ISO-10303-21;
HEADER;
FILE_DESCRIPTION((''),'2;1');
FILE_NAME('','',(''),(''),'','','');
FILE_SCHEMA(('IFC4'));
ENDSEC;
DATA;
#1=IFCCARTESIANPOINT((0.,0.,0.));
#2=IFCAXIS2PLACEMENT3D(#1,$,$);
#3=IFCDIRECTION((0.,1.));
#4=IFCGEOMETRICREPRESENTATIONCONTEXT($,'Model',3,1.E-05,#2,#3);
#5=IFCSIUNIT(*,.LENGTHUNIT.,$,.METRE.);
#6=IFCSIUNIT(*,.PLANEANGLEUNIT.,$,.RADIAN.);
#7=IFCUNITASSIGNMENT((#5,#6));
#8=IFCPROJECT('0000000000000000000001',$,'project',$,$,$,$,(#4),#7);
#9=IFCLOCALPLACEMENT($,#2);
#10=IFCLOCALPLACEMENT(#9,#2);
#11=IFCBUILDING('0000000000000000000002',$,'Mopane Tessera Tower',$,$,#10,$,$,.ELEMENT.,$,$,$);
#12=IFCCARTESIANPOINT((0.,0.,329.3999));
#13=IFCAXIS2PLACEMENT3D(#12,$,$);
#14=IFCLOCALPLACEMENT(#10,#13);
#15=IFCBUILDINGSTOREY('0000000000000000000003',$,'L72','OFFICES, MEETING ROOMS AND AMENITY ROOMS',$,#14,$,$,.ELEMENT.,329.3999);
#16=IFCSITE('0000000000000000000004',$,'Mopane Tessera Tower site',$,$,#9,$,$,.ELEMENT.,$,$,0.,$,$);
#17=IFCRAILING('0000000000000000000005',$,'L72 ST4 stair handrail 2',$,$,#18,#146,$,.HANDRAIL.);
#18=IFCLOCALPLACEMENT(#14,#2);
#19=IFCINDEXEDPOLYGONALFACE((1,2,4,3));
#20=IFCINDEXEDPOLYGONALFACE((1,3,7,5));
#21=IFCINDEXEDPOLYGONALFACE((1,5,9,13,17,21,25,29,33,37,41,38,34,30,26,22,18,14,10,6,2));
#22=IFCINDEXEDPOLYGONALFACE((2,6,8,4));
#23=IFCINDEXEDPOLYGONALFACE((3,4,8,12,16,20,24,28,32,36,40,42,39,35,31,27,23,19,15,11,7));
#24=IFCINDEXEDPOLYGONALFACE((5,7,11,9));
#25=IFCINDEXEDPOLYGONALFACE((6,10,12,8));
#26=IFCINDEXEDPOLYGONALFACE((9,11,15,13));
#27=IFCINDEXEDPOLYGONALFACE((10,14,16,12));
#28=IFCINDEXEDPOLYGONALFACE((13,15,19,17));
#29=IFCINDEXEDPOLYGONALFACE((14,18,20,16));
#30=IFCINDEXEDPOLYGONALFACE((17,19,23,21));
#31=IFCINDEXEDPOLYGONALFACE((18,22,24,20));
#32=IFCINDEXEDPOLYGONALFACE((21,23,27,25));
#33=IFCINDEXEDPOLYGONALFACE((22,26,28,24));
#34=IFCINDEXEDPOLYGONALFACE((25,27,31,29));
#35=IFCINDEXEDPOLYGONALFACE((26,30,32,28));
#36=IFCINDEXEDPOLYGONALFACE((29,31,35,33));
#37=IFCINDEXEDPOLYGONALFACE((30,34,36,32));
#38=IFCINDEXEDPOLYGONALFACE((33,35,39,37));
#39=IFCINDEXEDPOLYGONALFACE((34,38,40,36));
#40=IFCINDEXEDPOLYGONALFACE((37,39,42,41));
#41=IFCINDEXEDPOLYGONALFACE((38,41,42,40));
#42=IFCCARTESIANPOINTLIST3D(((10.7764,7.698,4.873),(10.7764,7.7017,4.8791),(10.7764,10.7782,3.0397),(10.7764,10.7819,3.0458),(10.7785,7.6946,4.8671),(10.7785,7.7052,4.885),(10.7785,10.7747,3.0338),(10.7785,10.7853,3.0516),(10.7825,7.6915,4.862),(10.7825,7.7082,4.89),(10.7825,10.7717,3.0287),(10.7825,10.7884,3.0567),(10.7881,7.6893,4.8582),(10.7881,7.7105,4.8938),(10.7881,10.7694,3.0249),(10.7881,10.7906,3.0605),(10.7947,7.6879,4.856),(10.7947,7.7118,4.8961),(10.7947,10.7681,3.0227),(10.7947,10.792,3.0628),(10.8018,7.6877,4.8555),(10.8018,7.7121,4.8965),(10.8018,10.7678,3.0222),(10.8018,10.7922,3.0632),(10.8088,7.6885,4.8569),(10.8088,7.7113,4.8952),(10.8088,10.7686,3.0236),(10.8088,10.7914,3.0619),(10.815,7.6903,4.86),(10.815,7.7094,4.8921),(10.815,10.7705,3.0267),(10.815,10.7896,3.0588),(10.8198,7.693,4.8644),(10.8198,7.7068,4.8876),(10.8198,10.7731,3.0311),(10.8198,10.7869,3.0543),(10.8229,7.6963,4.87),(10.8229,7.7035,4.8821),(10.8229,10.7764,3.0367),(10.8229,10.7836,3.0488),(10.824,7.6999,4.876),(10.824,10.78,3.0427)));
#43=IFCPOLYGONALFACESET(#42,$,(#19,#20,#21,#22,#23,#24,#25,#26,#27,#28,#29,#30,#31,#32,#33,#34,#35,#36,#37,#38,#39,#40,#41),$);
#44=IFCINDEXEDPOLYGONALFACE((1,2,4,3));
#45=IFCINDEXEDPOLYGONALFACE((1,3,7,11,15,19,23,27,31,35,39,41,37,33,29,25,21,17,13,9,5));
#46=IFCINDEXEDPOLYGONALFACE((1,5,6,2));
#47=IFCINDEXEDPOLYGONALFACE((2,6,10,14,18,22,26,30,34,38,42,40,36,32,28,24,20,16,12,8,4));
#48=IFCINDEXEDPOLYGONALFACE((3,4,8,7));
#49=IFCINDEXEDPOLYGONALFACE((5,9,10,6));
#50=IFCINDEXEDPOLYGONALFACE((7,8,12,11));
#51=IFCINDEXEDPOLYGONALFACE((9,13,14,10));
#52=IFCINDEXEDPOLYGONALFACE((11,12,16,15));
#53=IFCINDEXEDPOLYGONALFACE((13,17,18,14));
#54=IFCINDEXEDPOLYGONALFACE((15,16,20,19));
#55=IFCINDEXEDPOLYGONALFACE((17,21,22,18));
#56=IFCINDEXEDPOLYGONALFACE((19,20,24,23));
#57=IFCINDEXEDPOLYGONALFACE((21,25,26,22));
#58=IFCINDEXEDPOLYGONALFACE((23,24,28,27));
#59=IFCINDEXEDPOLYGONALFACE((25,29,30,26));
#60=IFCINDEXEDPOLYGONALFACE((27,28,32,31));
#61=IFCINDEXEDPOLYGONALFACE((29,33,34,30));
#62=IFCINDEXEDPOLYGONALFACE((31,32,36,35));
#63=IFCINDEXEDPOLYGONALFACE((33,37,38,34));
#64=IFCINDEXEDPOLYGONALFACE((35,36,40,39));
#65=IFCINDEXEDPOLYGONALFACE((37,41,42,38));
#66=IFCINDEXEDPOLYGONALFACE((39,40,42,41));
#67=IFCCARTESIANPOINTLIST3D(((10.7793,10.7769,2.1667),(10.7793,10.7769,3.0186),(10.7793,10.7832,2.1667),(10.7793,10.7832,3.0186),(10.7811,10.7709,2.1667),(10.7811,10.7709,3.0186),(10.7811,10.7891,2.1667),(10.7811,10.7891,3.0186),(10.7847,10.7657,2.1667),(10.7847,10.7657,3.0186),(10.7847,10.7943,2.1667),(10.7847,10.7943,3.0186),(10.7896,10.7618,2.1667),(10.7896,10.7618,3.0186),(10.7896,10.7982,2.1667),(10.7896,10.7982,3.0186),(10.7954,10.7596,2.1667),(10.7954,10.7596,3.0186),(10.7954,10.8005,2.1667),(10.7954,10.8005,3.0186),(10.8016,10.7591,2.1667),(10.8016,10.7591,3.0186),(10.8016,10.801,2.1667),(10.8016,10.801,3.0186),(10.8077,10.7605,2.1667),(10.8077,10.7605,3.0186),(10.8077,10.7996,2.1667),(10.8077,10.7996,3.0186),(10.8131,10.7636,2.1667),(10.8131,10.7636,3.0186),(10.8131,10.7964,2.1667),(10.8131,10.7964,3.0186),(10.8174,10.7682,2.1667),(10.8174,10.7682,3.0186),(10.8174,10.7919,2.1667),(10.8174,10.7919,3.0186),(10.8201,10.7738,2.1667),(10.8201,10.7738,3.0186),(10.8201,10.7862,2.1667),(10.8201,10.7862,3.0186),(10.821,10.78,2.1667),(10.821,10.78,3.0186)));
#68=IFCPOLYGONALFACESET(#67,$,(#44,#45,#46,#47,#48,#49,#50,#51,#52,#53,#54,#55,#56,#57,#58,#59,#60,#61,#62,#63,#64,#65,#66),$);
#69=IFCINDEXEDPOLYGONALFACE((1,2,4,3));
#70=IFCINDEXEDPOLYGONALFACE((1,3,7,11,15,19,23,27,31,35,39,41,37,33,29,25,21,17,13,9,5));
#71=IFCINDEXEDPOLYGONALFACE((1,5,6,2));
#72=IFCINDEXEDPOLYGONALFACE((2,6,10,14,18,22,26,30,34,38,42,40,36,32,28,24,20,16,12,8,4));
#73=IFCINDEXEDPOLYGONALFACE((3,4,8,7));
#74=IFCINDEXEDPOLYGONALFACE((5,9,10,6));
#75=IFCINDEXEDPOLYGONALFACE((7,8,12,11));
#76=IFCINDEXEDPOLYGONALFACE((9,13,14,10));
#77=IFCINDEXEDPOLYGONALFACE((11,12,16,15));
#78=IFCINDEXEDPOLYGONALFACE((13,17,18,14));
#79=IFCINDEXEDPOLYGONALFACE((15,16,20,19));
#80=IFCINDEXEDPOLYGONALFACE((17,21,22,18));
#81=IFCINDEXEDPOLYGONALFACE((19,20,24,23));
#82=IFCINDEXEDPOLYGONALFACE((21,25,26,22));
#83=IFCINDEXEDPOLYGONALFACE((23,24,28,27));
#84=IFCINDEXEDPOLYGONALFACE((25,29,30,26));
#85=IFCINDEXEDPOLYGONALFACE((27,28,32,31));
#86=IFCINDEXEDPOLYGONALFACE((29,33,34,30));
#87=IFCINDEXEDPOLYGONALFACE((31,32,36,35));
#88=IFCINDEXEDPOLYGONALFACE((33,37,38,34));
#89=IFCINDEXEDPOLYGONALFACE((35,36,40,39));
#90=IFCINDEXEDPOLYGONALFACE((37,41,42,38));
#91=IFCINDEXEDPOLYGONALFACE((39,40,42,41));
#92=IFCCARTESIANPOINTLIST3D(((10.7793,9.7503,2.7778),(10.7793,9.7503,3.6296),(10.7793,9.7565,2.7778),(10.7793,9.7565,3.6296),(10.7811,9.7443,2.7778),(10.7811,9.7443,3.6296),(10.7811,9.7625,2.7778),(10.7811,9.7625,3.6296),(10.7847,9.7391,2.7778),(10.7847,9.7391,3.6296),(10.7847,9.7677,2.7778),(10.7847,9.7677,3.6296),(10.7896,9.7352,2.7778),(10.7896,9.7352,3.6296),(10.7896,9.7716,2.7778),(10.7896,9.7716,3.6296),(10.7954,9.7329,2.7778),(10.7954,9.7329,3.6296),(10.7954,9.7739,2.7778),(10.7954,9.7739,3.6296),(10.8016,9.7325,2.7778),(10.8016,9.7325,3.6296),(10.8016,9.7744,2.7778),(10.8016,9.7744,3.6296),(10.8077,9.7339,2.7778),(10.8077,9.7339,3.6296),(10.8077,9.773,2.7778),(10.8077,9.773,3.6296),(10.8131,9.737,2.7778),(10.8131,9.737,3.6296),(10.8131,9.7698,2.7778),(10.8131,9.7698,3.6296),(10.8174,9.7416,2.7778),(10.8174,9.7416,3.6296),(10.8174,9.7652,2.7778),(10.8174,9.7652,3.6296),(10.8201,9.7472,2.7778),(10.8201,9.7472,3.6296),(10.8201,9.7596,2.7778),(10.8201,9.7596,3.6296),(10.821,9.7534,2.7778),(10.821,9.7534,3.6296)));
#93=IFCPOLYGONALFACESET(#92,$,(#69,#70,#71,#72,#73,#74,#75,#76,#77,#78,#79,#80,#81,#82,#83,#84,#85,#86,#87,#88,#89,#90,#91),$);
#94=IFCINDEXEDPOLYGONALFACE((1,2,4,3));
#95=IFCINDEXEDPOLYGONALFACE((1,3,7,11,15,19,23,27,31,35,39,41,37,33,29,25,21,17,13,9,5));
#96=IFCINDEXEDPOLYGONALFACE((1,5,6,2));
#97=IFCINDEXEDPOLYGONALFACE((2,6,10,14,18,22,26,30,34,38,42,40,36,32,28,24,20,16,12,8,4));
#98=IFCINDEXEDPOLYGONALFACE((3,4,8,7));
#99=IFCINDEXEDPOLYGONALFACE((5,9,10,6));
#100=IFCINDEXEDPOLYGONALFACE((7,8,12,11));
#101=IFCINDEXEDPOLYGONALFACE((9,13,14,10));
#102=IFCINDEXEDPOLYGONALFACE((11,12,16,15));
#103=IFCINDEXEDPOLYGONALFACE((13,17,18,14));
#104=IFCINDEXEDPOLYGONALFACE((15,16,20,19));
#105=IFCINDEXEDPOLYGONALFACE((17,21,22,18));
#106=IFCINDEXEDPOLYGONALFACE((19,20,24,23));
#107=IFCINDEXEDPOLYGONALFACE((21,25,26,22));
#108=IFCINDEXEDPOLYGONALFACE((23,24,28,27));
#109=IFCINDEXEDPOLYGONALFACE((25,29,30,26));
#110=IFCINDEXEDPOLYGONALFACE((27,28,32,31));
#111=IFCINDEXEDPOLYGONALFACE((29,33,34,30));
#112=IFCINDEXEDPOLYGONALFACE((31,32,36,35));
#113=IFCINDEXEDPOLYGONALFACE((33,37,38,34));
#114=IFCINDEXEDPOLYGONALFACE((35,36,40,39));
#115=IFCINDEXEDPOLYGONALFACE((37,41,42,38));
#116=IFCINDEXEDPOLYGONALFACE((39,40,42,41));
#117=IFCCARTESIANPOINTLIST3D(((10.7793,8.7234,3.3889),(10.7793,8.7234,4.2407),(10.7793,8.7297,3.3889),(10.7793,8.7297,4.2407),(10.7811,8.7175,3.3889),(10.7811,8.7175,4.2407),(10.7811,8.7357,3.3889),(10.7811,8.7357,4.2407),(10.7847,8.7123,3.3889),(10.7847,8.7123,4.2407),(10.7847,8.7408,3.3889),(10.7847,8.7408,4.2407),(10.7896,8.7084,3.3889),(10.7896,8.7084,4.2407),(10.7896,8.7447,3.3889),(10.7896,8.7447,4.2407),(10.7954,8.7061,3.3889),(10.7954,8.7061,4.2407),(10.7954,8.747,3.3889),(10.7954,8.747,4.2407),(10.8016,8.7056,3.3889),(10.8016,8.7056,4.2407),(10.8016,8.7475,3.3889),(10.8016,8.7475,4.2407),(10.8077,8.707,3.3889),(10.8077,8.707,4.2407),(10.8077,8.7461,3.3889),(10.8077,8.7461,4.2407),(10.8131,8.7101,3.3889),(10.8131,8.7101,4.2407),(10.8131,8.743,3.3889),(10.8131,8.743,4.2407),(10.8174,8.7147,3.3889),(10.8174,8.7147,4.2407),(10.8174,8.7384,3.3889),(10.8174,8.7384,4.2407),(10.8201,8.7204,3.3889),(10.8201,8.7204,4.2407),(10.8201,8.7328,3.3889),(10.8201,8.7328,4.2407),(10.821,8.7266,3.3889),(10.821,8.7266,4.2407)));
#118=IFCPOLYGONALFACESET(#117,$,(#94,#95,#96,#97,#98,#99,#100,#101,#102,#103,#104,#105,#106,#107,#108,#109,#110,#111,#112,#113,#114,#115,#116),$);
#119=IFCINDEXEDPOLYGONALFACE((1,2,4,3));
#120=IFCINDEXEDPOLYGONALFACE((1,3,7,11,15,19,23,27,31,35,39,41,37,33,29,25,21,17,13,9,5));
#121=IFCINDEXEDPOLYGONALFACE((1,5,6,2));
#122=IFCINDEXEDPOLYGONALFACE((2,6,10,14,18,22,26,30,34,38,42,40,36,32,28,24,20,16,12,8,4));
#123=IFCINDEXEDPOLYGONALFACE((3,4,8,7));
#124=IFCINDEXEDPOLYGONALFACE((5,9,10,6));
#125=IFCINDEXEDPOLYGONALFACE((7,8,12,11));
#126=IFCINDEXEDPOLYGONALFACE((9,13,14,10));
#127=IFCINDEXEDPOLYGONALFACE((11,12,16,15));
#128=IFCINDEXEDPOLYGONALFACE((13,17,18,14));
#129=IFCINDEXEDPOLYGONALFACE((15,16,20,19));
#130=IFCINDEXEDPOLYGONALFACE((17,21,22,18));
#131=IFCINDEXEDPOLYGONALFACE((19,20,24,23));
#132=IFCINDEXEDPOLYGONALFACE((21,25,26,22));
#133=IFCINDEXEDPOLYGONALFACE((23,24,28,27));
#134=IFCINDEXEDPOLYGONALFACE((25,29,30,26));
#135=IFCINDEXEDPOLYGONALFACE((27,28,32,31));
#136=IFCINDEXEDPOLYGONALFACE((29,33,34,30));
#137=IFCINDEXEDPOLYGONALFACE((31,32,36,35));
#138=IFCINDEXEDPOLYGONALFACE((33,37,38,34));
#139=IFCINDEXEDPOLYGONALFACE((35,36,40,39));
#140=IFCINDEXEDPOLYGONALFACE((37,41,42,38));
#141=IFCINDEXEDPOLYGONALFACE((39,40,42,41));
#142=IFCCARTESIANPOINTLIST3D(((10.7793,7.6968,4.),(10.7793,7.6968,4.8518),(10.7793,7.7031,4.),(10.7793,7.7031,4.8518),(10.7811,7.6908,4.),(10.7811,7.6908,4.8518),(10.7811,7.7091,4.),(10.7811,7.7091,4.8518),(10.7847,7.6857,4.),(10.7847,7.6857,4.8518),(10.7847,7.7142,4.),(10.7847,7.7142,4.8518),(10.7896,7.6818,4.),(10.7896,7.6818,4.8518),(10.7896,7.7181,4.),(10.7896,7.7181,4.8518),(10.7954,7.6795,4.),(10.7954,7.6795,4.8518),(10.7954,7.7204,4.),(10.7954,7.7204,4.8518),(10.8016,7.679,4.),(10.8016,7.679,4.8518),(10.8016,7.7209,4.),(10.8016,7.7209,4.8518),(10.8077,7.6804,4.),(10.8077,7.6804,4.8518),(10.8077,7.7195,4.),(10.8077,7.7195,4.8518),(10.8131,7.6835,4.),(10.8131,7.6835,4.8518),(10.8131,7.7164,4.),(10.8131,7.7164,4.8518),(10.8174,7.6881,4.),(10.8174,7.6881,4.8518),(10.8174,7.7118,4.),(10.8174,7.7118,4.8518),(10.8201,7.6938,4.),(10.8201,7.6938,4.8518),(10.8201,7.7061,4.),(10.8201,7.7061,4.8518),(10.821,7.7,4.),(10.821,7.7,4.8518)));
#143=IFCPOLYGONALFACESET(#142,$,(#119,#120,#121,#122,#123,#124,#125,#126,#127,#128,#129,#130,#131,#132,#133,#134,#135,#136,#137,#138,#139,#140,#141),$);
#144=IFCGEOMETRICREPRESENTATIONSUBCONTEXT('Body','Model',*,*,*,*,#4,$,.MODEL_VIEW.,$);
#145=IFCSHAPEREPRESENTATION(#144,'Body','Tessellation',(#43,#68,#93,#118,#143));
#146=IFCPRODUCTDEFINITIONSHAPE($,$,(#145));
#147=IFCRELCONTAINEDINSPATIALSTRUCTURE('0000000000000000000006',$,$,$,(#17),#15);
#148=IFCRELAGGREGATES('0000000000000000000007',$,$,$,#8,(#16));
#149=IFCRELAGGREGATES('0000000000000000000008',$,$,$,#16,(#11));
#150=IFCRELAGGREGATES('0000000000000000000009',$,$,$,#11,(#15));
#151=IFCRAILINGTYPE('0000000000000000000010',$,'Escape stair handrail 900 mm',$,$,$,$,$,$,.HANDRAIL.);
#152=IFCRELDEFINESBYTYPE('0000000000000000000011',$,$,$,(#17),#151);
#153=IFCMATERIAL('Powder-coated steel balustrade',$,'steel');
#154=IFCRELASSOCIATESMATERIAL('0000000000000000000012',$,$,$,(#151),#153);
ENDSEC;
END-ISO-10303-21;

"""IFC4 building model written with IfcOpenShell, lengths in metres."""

from ifc_helpers import new_model, si_unit, direction, frame, origin, origin_2d, place, context, subcontext, project, spatial, circle, extrude, material, type_object, element, save


model = new_model("IFC4")

# Units and contexts
model_context = context("Model", 3, precision=1e-05, world=origin(), true_north=direction((0.0, 1.0)))
body_context = subcontext(model_context, "Body", "Model", "MODEL_VIEW")
ifc_project = project(units=[si_unit("LENGTHUNIT", "METRE"), si_unit("PLANEANGLEUNIT", "RADIAN")], contexts=[model_context])

# Site, building, storey
site_placement = place(None, origin())
site = spatial("IfcSite", under=ifc_project, at=site_placement, Name="Mopane Tessera Tower site", CompositionType="ELEMENT", RefElevation=0.0)
building_placement = place(site_placement, origin())
building = spatial("IfcBuilding", under=site, at=building_placement, Name="Mopane Tessera Tower", CompositionType="ELEMENT")
storey_placement = place(building_placement, frame((0.0, 0.0, 329.3999)))
storey = spatial("IfcBuildingStorey", under=building, at=storey_placement, Name="L72", Description="OFFICES, MEETING ROOMS AND AMENITY ROOMS", CompositionType="ELEMENT", Elevation=329.3999)

# Railing
ifc_material_1 = material(Name="Powder-coated steel balustrade", Category="steel")
railing_type_1 = type_object("IfcRailingType", Name="Escape stair handrail 900 mm", PredefinedType="HANDRAIL", material=ifc_material_1)
railing_1_placement = place(storey_placement, frame((10.8, 10.78, 2.1667)))
element("IfcRailing", 1, at=railing_1_placement, inside=storey, type_object=railing_type_1, Name="L72 ST4 stair handrail 2", PredefinedType="HANDRAIL", context=body_context, shape_type="SweptSolid", body=[
    extrude(circle(Radius=0.0239, at=origin_2d()), frame((0.0, 0.0, 0.876), z_axis=(0.0, -0.859309, 0.511458), x_axis=(1.0, 0.0, 0.0)), (0.0, 0.0, 1.0), 3.5845),
    extrude(circle(Radius=0.021, at=origin_2d()), origin(), (0.0, 0.0, 1.0), 0.8518),
    extrude(circle(Radius=0.021, at=origin_2d()), frame((0.0, -1.0266, 0.6111)), (0.0, 0.0, 1.0), 0.8518),
    extrude(circle(Radius=0.021, at=origin_2d()), frame((0.0, -2.0535, 1.2222)), (0.0, 0.0, 1.0), 0.8518),
    extrude(circle(Radius=0.021, at=origin_2d()), frame((0.0, -3.0801, 1.8333)), (0.0, 0.0, 1.0), 0.8518),
])

save(model, "model.ifc")
